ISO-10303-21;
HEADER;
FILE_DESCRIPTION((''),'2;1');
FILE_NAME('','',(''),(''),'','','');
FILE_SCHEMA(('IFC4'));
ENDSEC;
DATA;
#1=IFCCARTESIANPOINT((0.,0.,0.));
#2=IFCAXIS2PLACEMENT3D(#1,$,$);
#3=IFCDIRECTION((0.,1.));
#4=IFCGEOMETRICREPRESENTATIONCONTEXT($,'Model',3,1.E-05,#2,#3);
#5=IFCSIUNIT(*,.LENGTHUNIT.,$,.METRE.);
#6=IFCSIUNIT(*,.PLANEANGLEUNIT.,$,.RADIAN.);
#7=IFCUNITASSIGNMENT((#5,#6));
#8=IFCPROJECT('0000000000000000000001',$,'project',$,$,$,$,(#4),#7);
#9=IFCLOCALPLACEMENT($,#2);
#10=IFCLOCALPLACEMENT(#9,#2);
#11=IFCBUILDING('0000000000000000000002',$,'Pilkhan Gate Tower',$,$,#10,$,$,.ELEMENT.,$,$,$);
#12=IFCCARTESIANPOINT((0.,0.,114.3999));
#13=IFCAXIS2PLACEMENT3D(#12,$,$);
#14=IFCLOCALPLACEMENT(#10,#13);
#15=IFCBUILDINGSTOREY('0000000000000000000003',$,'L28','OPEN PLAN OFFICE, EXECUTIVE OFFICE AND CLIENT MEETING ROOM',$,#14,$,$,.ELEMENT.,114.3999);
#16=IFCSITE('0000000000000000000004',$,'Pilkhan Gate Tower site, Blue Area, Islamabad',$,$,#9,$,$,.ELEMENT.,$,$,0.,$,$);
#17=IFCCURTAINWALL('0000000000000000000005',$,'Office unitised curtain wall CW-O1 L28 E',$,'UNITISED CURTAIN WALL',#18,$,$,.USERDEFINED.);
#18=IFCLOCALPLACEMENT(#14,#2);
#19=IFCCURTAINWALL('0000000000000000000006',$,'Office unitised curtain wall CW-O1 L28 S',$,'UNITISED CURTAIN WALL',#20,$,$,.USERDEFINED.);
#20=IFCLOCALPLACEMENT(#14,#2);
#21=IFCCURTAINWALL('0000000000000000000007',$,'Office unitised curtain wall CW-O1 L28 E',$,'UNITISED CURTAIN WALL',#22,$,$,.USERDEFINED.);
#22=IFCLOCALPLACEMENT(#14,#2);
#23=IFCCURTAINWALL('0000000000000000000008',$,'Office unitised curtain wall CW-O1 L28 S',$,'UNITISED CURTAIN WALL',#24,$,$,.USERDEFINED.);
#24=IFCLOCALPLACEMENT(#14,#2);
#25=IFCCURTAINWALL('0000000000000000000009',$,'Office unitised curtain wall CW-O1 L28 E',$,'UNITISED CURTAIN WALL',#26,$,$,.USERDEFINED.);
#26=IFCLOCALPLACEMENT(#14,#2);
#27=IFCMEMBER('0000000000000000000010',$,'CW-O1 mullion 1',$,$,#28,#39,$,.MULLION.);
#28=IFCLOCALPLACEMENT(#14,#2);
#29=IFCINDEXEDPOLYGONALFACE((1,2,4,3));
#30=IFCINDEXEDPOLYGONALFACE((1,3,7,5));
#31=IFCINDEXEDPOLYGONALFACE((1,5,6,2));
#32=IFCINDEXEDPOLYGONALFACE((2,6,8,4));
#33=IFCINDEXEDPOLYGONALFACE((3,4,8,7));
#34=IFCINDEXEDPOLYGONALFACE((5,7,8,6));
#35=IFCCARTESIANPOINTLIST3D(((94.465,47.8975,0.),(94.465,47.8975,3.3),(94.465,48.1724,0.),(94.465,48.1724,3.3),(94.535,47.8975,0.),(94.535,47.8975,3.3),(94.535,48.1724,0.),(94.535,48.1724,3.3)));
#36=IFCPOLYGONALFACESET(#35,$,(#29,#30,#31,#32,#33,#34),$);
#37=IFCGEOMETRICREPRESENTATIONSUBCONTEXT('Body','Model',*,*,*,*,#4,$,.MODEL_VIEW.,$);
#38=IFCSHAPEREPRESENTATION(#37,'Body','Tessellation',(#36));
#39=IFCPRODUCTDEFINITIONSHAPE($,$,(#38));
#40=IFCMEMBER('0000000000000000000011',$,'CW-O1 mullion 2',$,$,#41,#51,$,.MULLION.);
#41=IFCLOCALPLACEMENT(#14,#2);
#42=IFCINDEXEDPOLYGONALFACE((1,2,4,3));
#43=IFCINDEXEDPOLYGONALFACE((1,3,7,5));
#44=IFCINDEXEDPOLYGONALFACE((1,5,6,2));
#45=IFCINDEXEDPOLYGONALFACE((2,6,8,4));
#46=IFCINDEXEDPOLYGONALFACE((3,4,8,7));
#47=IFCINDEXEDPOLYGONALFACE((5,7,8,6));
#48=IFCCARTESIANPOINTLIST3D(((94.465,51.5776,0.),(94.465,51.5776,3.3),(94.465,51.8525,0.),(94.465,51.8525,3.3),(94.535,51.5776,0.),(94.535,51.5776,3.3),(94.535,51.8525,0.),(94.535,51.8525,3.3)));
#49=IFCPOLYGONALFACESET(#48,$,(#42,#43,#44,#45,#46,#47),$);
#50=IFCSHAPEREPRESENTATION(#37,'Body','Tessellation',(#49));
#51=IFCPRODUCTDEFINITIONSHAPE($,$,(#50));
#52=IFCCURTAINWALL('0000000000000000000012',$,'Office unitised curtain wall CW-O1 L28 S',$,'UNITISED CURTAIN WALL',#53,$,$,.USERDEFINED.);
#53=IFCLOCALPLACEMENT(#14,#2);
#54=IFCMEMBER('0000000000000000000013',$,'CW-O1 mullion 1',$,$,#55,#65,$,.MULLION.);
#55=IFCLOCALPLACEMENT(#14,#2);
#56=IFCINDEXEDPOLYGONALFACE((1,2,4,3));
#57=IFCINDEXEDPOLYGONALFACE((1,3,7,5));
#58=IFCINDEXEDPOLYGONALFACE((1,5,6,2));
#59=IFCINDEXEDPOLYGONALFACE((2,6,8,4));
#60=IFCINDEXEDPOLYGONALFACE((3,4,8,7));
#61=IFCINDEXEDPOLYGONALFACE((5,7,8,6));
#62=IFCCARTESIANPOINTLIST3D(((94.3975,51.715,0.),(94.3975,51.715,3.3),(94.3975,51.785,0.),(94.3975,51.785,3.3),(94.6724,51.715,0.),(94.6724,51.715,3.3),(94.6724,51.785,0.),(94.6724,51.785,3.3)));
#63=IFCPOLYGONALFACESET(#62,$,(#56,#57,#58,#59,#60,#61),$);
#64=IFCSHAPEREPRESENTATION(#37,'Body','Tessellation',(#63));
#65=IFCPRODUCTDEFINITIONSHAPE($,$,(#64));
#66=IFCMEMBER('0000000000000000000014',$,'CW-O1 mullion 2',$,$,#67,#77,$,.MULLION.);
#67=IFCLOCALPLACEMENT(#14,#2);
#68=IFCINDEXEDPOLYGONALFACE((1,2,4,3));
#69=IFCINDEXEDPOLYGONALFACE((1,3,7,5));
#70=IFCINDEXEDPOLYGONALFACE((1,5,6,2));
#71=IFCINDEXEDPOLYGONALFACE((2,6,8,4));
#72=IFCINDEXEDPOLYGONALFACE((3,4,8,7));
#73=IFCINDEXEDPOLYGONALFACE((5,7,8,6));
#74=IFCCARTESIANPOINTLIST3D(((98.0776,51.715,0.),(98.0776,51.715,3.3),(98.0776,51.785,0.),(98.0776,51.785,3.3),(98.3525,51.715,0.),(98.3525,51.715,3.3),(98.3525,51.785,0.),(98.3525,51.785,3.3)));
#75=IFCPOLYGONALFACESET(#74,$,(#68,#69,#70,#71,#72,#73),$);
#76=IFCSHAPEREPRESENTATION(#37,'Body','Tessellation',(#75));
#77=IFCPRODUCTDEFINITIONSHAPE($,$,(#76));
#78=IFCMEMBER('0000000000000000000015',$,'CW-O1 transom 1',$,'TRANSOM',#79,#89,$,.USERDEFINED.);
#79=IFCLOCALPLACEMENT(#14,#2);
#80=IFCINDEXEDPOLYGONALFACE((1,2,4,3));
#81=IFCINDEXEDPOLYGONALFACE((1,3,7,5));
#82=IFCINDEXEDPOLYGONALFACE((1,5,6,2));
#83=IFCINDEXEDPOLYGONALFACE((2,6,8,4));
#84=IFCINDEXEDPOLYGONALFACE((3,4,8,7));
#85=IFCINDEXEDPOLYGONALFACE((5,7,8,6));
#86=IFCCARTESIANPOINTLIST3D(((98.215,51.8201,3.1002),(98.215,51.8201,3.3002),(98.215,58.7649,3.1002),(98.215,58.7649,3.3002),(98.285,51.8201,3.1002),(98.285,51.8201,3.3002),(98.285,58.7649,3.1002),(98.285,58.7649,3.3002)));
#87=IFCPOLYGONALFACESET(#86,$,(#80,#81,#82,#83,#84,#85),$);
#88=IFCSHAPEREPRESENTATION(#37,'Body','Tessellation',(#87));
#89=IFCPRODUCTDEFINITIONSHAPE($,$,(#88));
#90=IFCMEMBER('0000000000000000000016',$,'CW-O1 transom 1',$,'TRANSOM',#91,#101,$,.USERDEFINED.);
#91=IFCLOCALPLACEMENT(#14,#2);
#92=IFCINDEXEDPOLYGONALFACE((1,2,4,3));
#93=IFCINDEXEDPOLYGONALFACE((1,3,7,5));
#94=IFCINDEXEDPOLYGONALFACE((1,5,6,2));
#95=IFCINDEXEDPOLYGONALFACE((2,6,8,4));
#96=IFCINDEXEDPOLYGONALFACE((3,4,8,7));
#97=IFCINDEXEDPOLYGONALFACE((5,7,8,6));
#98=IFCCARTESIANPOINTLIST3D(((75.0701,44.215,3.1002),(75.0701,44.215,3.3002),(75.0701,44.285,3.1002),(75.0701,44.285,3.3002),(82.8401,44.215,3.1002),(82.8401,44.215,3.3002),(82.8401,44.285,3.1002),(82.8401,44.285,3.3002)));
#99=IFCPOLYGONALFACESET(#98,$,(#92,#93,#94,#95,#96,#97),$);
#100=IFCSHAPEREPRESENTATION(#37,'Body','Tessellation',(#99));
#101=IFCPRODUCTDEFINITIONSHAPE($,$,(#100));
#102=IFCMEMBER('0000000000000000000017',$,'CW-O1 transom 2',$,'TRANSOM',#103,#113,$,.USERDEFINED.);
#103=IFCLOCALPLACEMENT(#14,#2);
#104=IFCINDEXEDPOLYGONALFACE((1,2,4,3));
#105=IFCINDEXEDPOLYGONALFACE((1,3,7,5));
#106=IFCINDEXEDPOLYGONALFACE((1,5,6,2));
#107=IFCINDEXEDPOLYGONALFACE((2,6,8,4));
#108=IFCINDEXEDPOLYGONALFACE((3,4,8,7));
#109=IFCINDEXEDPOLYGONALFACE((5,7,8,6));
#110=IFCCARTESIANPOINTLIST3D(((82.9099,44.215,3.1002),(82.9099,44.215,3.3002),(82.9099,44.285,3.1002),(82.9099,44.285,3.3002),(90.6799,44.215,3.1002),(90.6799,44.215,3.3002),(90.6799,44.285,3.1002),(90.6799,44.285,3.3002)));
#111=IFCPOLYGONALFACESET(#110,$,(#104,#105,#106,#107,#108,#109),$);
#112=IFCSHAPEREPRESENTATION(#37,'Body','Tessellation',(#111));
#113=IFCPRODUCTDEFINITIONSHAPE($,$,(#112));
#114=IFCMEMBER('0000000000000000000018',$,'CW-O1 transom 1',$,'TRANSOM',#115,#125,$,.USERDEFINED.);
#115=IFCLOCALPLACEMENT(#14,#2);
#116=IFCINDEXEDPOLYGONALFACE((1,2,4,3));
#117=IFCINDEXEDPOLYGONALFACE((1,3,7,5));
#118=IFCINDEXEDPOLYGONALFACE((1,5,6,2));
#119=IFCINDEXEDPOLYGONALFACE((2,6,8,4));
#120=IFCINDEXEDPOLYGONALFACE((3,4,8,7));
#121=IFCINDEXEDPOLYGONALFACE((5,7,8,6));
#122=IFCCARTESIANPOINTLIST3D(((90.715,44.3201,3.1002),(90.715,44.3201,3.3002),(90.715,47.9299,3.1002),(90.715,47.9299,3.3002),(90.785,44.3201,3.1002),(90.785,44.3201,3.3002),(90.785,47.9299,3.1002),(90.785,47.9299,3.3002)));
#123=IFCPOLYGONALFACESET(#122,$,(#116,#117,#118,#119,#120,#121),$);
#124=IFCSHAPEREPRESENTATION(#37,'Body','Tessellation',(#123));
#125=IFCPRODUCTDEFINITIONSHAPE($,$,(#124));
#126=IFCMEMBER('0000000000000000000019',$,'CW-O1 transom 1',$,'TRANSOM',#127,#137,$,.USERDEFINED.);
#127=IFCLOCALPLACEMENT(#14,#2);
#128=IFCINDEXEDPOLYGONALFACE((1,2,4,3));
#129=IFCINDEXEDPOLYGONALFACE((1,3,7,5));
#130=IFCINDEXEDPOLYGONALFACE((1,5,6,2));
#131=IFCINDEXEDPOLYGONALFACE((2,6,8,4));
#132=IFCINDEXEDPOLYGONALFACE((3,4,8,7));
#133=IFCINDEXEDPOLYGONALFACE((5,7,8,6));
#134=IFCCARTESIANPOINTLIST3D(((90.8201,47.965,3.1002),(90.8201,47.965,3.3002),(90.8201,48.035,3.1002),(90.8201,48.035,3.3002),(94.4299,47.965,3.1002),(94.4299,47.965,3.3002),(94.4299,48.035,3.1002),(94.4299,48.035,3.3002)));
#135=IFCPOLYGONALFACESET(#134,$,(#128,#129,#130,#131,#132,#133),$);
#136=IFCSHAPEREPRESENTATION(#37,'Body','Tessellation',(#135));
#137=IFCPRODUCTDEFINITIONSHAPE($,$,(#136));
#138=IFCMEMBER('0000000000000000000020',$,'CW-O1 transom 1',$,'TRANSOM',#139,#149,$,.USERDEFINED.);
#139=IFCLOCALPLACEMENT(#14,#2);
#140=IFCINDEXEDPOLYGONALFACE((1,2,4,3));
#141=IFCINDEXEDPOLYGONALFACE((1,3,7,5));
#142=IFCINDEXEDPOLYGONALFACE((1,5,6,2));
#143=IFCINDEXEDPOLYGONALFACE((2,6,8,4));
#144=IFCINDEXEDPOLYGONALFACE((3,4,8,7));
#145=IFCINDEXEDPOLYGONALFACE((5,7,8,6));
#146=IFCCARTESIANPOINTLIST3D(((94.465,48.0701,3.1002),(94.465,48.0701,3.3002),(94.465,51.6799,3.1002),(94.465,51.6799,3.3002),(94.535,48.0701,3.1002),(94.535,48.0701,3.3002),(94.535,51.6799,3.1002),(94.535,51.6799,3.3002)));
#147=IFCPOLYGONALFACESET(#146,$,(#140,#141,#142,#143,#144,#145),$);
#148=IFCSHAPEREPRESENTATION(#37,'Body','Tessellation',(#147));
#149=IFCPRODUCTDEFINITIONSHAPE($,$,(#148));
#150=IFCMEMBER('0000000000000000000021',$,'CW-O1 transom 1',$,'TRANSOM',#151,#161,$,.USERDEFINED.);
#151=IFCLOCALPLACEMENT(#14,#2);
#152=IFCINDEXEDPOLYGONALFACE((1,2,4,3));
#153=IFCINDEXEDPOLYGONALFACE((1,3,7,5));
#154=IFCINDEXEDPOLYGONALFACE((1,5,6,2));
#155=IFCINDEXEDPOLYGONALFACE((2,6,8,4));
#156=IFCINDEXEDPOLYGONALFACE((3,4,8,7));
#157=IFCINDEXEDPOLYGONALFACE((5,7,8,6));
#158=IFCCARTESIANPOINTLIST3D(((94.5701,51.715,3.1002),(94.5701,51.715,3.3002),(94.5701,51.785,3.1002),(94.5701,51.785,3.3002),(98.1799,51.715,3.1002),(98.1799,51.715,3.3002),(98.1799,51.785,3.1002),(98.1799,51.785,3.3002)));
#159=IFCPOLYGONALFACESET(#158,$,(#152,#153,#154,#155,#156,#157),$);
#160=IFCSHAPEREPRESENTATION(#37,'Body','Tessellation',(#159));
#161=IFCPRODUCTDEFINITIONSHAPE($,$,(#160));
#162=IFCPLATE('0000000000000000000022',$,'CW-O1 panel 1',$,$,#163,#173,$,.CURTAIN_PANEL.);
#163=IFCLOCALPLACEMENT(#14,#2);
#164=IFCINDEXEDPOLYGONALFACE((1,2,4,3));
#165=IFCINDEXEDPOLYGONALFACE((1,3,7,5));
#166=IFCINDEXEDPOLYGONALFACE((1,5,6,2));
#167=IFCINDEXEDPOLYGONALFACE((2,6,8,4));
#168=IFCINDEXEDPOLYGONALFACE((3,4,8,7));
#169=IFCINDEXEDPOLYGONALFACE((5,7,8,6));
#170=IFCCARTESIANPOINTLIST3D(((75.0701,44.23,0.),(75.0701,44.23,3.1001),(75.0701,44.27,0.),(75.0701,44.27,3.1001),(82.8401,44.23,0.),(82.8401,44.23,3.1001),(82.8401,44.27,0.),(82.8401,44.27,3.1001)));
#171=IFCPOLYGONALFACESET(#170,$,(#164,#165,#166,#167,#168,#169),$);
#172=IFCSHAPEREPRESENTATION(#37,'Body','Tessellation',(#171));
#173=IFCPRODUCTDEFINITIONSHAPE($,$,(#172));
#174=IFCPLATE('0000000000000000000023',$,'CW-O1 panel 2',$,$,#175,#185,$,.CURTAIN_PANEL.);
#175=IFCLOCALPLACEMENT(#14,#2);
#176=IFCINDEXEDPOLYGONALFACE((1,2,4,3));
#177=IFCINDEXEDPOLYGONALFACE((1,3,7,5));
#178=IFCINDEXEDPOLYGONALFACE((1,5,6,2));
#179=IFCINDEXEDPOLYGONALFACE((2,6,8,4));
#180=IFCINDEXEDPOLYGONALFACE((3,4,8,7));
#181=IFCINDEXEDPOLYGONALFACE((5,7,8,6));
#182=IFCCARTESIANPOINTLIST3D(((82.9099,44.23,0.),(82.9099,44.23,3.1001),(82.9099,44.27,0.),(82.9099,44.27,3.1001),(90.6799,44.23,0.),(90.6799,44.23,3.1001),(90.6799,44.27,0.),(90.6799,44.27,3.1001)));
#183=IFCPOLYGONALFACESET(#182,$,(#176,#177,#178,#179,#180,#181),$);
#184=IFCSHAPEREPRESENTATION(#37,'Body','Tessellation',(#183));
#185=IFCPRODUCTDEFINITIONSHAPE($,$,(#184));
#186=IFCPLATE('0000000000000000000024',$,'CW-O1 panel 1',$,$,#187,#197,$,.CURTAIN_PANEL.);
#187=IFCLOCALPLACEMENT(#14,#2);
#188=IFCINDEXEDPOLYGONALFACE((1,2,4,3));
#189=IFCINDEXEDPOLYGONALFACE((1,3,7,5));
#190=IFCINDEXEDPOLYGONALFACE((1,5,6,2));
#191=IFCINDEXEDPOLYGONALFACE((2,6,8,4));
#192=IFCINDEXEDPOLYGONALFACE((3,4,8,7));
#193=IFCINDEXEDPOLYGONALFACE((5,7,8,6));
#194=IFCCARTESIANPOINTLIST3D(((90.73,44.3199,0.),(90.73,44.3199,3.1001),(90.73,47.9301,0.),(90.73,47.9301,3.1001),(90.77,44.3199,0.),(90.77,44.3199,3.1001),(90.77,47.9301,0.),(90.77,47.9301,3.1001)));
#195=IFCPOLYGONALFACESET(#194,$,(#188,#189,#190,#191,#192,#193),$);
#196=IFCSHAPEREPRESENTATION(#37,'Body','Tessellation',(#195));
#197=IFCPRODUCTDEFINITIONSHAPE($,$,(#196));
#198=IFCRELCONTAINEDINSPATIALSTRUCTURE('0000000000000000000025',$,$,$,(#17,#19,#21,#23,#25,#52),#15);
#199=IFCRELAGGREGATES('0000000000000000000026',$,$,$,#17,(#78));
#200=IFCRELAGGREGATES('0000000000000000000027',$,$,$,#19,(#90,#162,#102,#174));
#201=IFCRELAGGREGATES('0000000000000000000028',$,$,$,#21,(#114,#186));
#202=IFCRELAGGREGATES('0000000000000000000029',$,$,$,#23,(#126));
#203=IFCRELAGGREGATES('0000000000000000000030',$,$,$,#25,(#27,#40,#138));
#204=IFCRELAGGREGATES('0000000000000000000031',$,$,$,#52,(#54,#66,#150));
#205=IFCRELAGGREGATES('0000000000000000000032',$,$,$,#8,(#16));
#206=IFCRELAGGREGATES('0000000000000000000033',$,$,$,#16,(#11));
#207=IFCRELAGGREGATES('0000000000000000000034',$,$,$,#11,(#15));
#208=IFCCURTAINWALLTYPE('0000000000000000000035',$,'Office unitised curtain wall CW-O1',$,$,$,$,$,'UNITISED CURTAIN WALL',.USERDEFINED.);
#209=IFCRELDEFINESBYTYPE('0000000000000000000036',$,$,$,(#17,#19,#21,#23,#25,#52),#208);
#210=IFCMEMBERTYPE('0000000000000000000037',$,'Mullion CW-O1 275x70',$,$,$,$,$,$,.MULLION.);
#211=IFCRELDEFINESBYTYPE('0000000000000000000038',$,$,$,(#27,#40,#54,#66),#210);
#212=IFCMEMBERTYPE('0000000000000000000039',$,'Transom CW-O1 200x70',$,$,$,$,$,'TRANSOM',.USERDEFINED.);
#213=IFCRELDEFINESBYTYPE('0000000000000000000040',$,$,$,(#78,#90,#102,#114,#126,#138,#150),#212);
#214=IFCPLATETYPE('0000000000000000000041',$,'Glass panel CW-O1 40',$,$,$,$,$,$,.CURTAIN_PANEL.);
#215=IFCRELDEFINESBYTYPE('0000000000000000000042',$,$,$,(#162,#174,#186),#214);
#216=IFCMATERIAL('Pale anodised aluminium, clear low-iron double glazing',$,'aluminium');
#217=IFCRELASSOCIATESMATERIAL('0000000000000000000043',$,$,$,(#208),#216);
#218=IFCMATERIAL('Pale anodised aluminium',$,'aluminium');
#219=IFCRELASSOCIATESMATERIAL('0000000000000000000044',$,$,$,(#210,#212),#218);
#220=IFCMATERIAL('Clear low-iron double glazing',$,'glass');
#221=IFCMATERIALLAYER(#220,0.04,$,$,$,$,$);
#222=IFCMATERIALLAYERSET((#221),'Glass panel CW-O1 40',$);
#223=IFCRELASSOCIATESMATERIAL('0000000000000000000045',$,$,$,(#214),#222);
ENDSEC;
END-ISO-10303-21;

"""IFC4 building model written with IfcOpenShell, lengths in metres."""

from ifc_helpers import new_model, si_unit, direction, frame, origin, origin_2d, place, context, subcontext, project, spatial, rectangle, extrude, material, layer, layer_set, material_profile, profile_set, type_object, element, aggregate, save


model = new_model("IFC4")

# Units and contexts
model_context = context("Model", 3, precision=1e-05, world=origin(), true_north=direction((0.0, 1.0)))
body_context = subcontext(model_context, "Body", "Model", "MODEL_VIEW")
ifc_project = project(units=[si_unit("LENGTHUNIT", "METRE"), si_unit("PLANEANGLEUNIT", "RADIAN")], contexts=[model_context])

# Site, building, storey
site_placement = place(None, origin())
site = spatial("IfcSite", under=ifc_project, at=site_placement, Name="Pilkhan Gate Tower site, Blue Area, Islamabad", CompositionType="ELEMENT", RefElevation=0.0)
building_placement = place(site_placement, origin())
building = spatial("IfcBuilding", under=site, at=building_placement, Name="Pilkhan Gate Tower", CompositionType="ELEMENT")
storey_placement = place(building_placement, frame((0.0, 0.0, 114.3999)))
storey = spatial("IfcBuildingStorey", under=building, at=storey_placement, Name="L28", Description="OPEN PLAN OFFICE, EXECUTIVE OFFICE AND CLIENT MEETING ROOM", CompositionType="ELEMENT", Elevation=114.3999)

# Curtain wall
ifc_material_1 = material(Name="Pale anodised aluminium, clear low-iron double glazing", Category="aluminium")
curtain_wall_type = type_object("IfcCurtainWallType", Name="Office unitised curtain wall CW-O1", ElementType="UNITISED CURTAIN WALL", PredefinedType="USERDEFINED", material=ifc_material_1)
curtain_wall_1_placement = place(storey_placement, origin())
curtain_wall_1 = element("IfcCurtainWall", 1, at=curtain_wall_1_placement, inside=storey, type_object=curtain_wall_type, Name="Office unitised curtain wall CW-O1 L28 E", ObjectType="UNITISED CURTAIN WALL", PredefinedType="USERDEFINED")
ifc_material_2 = material(Name="Pale anodised aluminium", Category="aluminium")
ifc_material_profile_1 = material_profile(ifc_material_2, rectangle(XDim=0.0701, YDim=0.2749, at=origin_2d()), Name="Mullion 275x70")
ifc_profile_set_1 = profile_set([ifc_material_profile_1], Name="Pale anodised aluminium")
member_type_1 = type_object("IfcMemberType", Name="Mullion CW-O1 275x70", PredefinedType="MULLION", material=ifc_profile_set_1)

# Curtain walls, members
curtain_wall_2_placement = place(storey_placement, origin())
curtain_wall_2 = element("IfcCurtainWall", 2, at=curtain_wall_2_placement, inside=storey, type_object=curtain_wall_type, Name="Office unitised curtain wall CW-O1 L28 S", ObjectType="UNITISED CURTAIN WALL", PredefinedType="USERDEFINED")
curtain_wall_3_placement = place(storey_placement, origin())
curtain_wall_3 = element("IfcCurtainWall", 3, at=curtain_wall_3_placement, inside=storey, type_object=curtain_wall_type, Name="Office unitised curtain wall CW-O1 L28 E", ObjectType="UNITISED CURTAIN WALL", PredefinedType="USERDEFINED")
curtain_wall_4_placement = place(storey_placement, origin())
curtain_wall_4 = element("IfcCurtainWall", 4, at=curtain_wall_4_placement, inside=storey, type_object=curtain_wall_type, Name="Office unitised curtain wall CW-O1 L28 S", ObjectType="UNITISED CURTAIN WALL", PredefinedType="USERDEFINED")
curtain_wall_5_placement = place(storey_placement, origin())
curtain_wall_5 = element("IfcCurtainWall", 5, at=curtain_wall_5_placement, inside=storey, type_object=curtain_wall_type, Name="Office unitised curtain wall CW-O1 L28 E", ObjectType="UNITISED CURTAIN WALL", PredefinedType="USERDEFINED")
member_1_placement = place(storey_placement, frame((94.5, 48.0349, 0.0), z_axis=(0.0, 0.0, 1.0), x_axis=(-1.0, 0.0, 0.0)))
member_1 = element("IfcMember", 6, at=member_1_placement, type_object=member_type_1, Name="CW-O1 mullion 1", PredefinedType="MULLION", context=body_context, shape_type="SweptSolid", body=[
    extrude(rectangle(XDim=0.0701, YDim=0.2749, at=origin_2d()), origin(), (0.0, 0.0, 1.0), 3.3),
])
member_2_placement = place(storey_placement, frame((94.5, 51.7151, 0.0), z_axis=(0.0, 0.0, 1.0), x_axis=(-1.0, 0.0, 0.0)))
member_2 = element("IfcMember", 7, at=member_2_placement, type_object=member_type_1, Name="CW-O1 mullion 2", PredefinedType="MULLION", context=body_context, shape_type="SweptSolid", body=[
    extrude(rectangle(XDim=0.0701, YDim=0.2749, at=origin_2d()), origin(), (0.0, 0.0, 1.0), 3.3),
])
curtain_wall_6_placement = place(storey_placement, origin())
curtain_wall_6 = element("IfcCurtainWall", 8, at=curtain_wall_6_placement, inside=storey, type_object=curtain_wall_type, Name="Office unitised curtain wall CW-O1 L28 S", ObjectType="UNITISED CURTAIN WALL", PredefinedType="USERDEFINED")
member_3_placement = place(storey_placement, frame((94.5349, 51.75, 0.0), z_axis=(0.0, 0.0, 1.0), x_axis=(0.0, 1.0, 0.0)))
member_3 = element("IfcMember", 9, at=member_3_placement, type_object=member_type_1, Name="CW-O1 mullion 1", PredefinedType="MULLION", context=body_context, shape_type="SweptSolid", body=[
    extrude(rectangle(XDim=0.0701, YDim=0.2749, at=origin_2d()), origin(), (0.0, 0.0, 1.0), 3.3),
])
member_4_placement = place(storey_placement, frame((98.2151, 51.75, 0.0), z_axis=(0.0, 0.0, 1.0), x_axis=(0.0, 1.0, 0.0)))
member_4 = element("IfcMember", 10, at=member_4_placement, type_object=member_type_1, Name="CW-O1 mullion 2", PredefinedType="MULLION", context=body_context, shape_type="SweptSolid", body=[
    extrude(rectangle(XDim=0.0701, YDim=0.2749, at=origin_2d()), origin(), (0.0, 0.0, 1.0), 3.3),
])

# Members
ifc_material_profile_2 = material_profile(ifc_material_2, rectangle(XDim=0.0701, YDim=0.2, at=origin_2d()), Name="Transom 200x70")
ifc_profile_set_2 = profile_set([ifc_material_profile_2], Name="Pale anodised aluminium")
member_type_2 = type_object("IfcMemberType", Name="Transom CW-O1 200x70", ElementType="TRANSOM", PredefinedType="USERDEFINED", material=ifc_profile_set_2)
member_5_placement = place(storey_placement, frame((98.25, 51.8201, 3.2002), z_axis=(0.0, 1.0, 0.0), x_axis=(-1.0, 0.0, 0.0)))
member_5 = element("IfcMember", 11, at=member_5_placement, type_object=member_type_2, Name="CW-O1 transom 1", ObjectType="TRANSOM", PredefinedType="USERDEFINED", context=body_context, shape_type="SweptSolid", body=[
    extrude(rectangle(XDim=0.0701, YDim=0.2, at=origin_2d()), origin(), (0.0, 0.0, 1.0), 6.9448),
])
aggregate(curtain_wall_1, [member_5])
member_6_placement = place(storey_placement, frame((75.0701, 44.25, 3.2002), z_axis=(1.0, 0.0, 0.0), x_axis=(0.0, 1.0, 0.0)))
member_6 = element("IfcMember", 12, at=member_6_placement, type_object=member_type_2, Name="CW-O1 transom 1", ObjectType="TRANSOM", PredefinedType="USERDEFINED", context=body_context, shape_type="SweptSolid", body=[
    extrude(rectangle(XDim=0.0701, YDim=0.2, at=origin_2d()), origin(), (0.0, 0.0, 1.0), 7.77),
])
member_7_placement = place(storey_placement, frame((82.9099, 44.25, 3.2002), z_axis=(1.0, 0.0, 0.0), x_axis=(0.0, 1.0, 0.0)))
member_7 = element("IfcMember", 13, at=member_7_placement, type_object=member_type_2, Name="CW-O1 transom 2", ObjectType="TRANSOM", PredefinedType="USERDEFINED", context=body_context, shape_type="SweptSolid", body=[
    extrude(rectangle(XDim=0.0701, YDim=0.2, at=origin_2d()), origin(), (0.0, 0.0, 1.0), 7.77),
])
member_8_placement = place(storey_placement, frame((90.75, 44.3201, 3.2002), z_axis=(0.0, 1.0, 0.0), x_axis=(-1.0, 0.0, 0.0)))
member_8 = element("IfcMember", 14, at=member_8_placement, type_object=member_type_2, Name="CW-O1 transom 1", ObjectType="TRANSOM", PredefinedType="USERDEFINED", context=body_context, shape_type="SweptSolid", body=[
    extrude(rectangle(XDim=0.0701, YDim=0.2, at=origin_2d()), origin(), (0.0, 0.0, 1.0), 3.6099),
])
member_9_placement = place(storey_placement, frame((90.8201, 48.0, 3.2002), z_axis=(1.0, 0.0, 0.0), x_axis=(0.0, 1.0, 0.0)))
member_9 = element("IfcMember", 15, at=member_9_placement, type_object=member_type_2, Name="CW-O1 transom 1", ObjectType="TRANSOM", PredefinedType="USERDEFINED", context=body_context, shape_type="SweptSolid", body=[
    extrude(rectangle(XDim=0.0701, YDim=0.2, at=origin_2d()), origin(), (0.0, 0.0, 1.0), 3.6099),
])
member_10_placement = place(storey_placement, frame((94.5, 48.0701, 3.2002), z_axis=(0.0, 1.0, 0.0), x_axis=(-1.0, 0.0, 0.0)))
member_10 = element("IfcMember", 16, at=member_10_placement, type_object=member_type_2, Name="CW-O1 transom 1", ObjectType="TRANSOM", PredefinedType="USERDEFINED", context=body_context, shape_type="SweptSolid", body=[
    extrude(rectangle(XDim=0.0701, YDim=0.2, at=origin_2d()), origin(), (0.0, 0.0, 1.0), 3.6099),
])
member_11_placement = place(storey_placement, frame((94.5701, 51.75, 3.2002), z_axis=(1.0, 0.0, 0.0), x_axis=(0.0, 1.0, 0.0)))
member_11 = element("IfcMember", 17, at=member_11_placement, type_object=member_type_2, Name="CW-O1 transom 1", ObjectType="TRANSOM", PredefinedType="USERDEFINED", context=body_context, shape_type="SweptSolid", body=[
    extrude(rectangle(XDim=0.0701, YDim=0.2, at=origin_2d()), origin(), (0.0, 0.0, 1.0), 3.6099),
])

# Plates
ifc_material_3 = material(Name="Clear low-iron double glazing", Category="glass")
ifc_layer_1 = layer(ifc_material_3, 0.04)
ifc_layer_set_1 = layer_set([ifc_layer_1], Name="Glass panel CW-O1 40")
plate_type = type_object("IfcPlateType", Name="Glass panel CW-O1 40", PredefinedType="CURTAIN_PANEL", material=ifc_layer_set_1)
plate_1_placement = place(storey_placement, frame((78.9551, 44.25, 0.0), z_axis=(0.0, 0.0, 1.0), x_axis=(1.0, 0.0, 0.0)))
plate_1 = element("IfcPlate", 18, at=plate_1_placement, type_object=plate_type, Name="CW-O1 panel 1", PredefinedType="CURTAIN_PANEL", context=body_context, shape_type="SweptSolid", body=[
    extrude(rectangle(XDim=7.77, YDim=0.04, at=origin_2d()), origin(), (0.0, 0.0, 1.0), 3.1001),
])
plate_2_placement = place(storey_placement, frame((86.7949, 44.25, 0.0), z_axis=(0.0, 0.0, 1.0), x_axis=(1.0, 0.0, 0.0)))
plate_2 = element("IfcPlate", 19, at=plate_2_placement, type_object=plate_type, Name="CW-O1 panel 2", PredefinedType="CURTAIN_PANEL", context=body_context, shape_type="SweptSolid", body=[
    extrude(rectangle(XDim=7.77, YDim=0.04, at=origin_2d()), origin(), (0.0, 0.0, 1.0), 3.1001),
])
aggregate(curtain_wall_2, [member_6, plate_1, member_7, plate_2])
plate_3_placement = place(storey_placement, frame((90.75, 46.125, 0.0), z_axis=(0.0, 0.0, 1.0), x_axis=(0.0, 1.0, 0.0)))
plate_3 = element("IfcPlate", 20, at=plate_3_placement, type_object=plate_type, Name="CW-O1 panel 1", PredefinedType="CURTAIN_PANEL", context=body_context, shape_type="SweptSolid", body=[
    extrude(rectangle(XDim=3.6101, YDim=0.04, at=origin_2d()), origin(), (0.0, 0.0, 1.0), 3.1001),
])
aggregate(curtain_wall_3, [member_8, plate_3])
aggregate(curtain_wall_4, [member_9])
aggregate(curtain_wall_5, [member_1, member_2, member_10])
aggregate(curtain_wall_6, [member_3, member_4, member_11])

save(model, "model.ifc")
